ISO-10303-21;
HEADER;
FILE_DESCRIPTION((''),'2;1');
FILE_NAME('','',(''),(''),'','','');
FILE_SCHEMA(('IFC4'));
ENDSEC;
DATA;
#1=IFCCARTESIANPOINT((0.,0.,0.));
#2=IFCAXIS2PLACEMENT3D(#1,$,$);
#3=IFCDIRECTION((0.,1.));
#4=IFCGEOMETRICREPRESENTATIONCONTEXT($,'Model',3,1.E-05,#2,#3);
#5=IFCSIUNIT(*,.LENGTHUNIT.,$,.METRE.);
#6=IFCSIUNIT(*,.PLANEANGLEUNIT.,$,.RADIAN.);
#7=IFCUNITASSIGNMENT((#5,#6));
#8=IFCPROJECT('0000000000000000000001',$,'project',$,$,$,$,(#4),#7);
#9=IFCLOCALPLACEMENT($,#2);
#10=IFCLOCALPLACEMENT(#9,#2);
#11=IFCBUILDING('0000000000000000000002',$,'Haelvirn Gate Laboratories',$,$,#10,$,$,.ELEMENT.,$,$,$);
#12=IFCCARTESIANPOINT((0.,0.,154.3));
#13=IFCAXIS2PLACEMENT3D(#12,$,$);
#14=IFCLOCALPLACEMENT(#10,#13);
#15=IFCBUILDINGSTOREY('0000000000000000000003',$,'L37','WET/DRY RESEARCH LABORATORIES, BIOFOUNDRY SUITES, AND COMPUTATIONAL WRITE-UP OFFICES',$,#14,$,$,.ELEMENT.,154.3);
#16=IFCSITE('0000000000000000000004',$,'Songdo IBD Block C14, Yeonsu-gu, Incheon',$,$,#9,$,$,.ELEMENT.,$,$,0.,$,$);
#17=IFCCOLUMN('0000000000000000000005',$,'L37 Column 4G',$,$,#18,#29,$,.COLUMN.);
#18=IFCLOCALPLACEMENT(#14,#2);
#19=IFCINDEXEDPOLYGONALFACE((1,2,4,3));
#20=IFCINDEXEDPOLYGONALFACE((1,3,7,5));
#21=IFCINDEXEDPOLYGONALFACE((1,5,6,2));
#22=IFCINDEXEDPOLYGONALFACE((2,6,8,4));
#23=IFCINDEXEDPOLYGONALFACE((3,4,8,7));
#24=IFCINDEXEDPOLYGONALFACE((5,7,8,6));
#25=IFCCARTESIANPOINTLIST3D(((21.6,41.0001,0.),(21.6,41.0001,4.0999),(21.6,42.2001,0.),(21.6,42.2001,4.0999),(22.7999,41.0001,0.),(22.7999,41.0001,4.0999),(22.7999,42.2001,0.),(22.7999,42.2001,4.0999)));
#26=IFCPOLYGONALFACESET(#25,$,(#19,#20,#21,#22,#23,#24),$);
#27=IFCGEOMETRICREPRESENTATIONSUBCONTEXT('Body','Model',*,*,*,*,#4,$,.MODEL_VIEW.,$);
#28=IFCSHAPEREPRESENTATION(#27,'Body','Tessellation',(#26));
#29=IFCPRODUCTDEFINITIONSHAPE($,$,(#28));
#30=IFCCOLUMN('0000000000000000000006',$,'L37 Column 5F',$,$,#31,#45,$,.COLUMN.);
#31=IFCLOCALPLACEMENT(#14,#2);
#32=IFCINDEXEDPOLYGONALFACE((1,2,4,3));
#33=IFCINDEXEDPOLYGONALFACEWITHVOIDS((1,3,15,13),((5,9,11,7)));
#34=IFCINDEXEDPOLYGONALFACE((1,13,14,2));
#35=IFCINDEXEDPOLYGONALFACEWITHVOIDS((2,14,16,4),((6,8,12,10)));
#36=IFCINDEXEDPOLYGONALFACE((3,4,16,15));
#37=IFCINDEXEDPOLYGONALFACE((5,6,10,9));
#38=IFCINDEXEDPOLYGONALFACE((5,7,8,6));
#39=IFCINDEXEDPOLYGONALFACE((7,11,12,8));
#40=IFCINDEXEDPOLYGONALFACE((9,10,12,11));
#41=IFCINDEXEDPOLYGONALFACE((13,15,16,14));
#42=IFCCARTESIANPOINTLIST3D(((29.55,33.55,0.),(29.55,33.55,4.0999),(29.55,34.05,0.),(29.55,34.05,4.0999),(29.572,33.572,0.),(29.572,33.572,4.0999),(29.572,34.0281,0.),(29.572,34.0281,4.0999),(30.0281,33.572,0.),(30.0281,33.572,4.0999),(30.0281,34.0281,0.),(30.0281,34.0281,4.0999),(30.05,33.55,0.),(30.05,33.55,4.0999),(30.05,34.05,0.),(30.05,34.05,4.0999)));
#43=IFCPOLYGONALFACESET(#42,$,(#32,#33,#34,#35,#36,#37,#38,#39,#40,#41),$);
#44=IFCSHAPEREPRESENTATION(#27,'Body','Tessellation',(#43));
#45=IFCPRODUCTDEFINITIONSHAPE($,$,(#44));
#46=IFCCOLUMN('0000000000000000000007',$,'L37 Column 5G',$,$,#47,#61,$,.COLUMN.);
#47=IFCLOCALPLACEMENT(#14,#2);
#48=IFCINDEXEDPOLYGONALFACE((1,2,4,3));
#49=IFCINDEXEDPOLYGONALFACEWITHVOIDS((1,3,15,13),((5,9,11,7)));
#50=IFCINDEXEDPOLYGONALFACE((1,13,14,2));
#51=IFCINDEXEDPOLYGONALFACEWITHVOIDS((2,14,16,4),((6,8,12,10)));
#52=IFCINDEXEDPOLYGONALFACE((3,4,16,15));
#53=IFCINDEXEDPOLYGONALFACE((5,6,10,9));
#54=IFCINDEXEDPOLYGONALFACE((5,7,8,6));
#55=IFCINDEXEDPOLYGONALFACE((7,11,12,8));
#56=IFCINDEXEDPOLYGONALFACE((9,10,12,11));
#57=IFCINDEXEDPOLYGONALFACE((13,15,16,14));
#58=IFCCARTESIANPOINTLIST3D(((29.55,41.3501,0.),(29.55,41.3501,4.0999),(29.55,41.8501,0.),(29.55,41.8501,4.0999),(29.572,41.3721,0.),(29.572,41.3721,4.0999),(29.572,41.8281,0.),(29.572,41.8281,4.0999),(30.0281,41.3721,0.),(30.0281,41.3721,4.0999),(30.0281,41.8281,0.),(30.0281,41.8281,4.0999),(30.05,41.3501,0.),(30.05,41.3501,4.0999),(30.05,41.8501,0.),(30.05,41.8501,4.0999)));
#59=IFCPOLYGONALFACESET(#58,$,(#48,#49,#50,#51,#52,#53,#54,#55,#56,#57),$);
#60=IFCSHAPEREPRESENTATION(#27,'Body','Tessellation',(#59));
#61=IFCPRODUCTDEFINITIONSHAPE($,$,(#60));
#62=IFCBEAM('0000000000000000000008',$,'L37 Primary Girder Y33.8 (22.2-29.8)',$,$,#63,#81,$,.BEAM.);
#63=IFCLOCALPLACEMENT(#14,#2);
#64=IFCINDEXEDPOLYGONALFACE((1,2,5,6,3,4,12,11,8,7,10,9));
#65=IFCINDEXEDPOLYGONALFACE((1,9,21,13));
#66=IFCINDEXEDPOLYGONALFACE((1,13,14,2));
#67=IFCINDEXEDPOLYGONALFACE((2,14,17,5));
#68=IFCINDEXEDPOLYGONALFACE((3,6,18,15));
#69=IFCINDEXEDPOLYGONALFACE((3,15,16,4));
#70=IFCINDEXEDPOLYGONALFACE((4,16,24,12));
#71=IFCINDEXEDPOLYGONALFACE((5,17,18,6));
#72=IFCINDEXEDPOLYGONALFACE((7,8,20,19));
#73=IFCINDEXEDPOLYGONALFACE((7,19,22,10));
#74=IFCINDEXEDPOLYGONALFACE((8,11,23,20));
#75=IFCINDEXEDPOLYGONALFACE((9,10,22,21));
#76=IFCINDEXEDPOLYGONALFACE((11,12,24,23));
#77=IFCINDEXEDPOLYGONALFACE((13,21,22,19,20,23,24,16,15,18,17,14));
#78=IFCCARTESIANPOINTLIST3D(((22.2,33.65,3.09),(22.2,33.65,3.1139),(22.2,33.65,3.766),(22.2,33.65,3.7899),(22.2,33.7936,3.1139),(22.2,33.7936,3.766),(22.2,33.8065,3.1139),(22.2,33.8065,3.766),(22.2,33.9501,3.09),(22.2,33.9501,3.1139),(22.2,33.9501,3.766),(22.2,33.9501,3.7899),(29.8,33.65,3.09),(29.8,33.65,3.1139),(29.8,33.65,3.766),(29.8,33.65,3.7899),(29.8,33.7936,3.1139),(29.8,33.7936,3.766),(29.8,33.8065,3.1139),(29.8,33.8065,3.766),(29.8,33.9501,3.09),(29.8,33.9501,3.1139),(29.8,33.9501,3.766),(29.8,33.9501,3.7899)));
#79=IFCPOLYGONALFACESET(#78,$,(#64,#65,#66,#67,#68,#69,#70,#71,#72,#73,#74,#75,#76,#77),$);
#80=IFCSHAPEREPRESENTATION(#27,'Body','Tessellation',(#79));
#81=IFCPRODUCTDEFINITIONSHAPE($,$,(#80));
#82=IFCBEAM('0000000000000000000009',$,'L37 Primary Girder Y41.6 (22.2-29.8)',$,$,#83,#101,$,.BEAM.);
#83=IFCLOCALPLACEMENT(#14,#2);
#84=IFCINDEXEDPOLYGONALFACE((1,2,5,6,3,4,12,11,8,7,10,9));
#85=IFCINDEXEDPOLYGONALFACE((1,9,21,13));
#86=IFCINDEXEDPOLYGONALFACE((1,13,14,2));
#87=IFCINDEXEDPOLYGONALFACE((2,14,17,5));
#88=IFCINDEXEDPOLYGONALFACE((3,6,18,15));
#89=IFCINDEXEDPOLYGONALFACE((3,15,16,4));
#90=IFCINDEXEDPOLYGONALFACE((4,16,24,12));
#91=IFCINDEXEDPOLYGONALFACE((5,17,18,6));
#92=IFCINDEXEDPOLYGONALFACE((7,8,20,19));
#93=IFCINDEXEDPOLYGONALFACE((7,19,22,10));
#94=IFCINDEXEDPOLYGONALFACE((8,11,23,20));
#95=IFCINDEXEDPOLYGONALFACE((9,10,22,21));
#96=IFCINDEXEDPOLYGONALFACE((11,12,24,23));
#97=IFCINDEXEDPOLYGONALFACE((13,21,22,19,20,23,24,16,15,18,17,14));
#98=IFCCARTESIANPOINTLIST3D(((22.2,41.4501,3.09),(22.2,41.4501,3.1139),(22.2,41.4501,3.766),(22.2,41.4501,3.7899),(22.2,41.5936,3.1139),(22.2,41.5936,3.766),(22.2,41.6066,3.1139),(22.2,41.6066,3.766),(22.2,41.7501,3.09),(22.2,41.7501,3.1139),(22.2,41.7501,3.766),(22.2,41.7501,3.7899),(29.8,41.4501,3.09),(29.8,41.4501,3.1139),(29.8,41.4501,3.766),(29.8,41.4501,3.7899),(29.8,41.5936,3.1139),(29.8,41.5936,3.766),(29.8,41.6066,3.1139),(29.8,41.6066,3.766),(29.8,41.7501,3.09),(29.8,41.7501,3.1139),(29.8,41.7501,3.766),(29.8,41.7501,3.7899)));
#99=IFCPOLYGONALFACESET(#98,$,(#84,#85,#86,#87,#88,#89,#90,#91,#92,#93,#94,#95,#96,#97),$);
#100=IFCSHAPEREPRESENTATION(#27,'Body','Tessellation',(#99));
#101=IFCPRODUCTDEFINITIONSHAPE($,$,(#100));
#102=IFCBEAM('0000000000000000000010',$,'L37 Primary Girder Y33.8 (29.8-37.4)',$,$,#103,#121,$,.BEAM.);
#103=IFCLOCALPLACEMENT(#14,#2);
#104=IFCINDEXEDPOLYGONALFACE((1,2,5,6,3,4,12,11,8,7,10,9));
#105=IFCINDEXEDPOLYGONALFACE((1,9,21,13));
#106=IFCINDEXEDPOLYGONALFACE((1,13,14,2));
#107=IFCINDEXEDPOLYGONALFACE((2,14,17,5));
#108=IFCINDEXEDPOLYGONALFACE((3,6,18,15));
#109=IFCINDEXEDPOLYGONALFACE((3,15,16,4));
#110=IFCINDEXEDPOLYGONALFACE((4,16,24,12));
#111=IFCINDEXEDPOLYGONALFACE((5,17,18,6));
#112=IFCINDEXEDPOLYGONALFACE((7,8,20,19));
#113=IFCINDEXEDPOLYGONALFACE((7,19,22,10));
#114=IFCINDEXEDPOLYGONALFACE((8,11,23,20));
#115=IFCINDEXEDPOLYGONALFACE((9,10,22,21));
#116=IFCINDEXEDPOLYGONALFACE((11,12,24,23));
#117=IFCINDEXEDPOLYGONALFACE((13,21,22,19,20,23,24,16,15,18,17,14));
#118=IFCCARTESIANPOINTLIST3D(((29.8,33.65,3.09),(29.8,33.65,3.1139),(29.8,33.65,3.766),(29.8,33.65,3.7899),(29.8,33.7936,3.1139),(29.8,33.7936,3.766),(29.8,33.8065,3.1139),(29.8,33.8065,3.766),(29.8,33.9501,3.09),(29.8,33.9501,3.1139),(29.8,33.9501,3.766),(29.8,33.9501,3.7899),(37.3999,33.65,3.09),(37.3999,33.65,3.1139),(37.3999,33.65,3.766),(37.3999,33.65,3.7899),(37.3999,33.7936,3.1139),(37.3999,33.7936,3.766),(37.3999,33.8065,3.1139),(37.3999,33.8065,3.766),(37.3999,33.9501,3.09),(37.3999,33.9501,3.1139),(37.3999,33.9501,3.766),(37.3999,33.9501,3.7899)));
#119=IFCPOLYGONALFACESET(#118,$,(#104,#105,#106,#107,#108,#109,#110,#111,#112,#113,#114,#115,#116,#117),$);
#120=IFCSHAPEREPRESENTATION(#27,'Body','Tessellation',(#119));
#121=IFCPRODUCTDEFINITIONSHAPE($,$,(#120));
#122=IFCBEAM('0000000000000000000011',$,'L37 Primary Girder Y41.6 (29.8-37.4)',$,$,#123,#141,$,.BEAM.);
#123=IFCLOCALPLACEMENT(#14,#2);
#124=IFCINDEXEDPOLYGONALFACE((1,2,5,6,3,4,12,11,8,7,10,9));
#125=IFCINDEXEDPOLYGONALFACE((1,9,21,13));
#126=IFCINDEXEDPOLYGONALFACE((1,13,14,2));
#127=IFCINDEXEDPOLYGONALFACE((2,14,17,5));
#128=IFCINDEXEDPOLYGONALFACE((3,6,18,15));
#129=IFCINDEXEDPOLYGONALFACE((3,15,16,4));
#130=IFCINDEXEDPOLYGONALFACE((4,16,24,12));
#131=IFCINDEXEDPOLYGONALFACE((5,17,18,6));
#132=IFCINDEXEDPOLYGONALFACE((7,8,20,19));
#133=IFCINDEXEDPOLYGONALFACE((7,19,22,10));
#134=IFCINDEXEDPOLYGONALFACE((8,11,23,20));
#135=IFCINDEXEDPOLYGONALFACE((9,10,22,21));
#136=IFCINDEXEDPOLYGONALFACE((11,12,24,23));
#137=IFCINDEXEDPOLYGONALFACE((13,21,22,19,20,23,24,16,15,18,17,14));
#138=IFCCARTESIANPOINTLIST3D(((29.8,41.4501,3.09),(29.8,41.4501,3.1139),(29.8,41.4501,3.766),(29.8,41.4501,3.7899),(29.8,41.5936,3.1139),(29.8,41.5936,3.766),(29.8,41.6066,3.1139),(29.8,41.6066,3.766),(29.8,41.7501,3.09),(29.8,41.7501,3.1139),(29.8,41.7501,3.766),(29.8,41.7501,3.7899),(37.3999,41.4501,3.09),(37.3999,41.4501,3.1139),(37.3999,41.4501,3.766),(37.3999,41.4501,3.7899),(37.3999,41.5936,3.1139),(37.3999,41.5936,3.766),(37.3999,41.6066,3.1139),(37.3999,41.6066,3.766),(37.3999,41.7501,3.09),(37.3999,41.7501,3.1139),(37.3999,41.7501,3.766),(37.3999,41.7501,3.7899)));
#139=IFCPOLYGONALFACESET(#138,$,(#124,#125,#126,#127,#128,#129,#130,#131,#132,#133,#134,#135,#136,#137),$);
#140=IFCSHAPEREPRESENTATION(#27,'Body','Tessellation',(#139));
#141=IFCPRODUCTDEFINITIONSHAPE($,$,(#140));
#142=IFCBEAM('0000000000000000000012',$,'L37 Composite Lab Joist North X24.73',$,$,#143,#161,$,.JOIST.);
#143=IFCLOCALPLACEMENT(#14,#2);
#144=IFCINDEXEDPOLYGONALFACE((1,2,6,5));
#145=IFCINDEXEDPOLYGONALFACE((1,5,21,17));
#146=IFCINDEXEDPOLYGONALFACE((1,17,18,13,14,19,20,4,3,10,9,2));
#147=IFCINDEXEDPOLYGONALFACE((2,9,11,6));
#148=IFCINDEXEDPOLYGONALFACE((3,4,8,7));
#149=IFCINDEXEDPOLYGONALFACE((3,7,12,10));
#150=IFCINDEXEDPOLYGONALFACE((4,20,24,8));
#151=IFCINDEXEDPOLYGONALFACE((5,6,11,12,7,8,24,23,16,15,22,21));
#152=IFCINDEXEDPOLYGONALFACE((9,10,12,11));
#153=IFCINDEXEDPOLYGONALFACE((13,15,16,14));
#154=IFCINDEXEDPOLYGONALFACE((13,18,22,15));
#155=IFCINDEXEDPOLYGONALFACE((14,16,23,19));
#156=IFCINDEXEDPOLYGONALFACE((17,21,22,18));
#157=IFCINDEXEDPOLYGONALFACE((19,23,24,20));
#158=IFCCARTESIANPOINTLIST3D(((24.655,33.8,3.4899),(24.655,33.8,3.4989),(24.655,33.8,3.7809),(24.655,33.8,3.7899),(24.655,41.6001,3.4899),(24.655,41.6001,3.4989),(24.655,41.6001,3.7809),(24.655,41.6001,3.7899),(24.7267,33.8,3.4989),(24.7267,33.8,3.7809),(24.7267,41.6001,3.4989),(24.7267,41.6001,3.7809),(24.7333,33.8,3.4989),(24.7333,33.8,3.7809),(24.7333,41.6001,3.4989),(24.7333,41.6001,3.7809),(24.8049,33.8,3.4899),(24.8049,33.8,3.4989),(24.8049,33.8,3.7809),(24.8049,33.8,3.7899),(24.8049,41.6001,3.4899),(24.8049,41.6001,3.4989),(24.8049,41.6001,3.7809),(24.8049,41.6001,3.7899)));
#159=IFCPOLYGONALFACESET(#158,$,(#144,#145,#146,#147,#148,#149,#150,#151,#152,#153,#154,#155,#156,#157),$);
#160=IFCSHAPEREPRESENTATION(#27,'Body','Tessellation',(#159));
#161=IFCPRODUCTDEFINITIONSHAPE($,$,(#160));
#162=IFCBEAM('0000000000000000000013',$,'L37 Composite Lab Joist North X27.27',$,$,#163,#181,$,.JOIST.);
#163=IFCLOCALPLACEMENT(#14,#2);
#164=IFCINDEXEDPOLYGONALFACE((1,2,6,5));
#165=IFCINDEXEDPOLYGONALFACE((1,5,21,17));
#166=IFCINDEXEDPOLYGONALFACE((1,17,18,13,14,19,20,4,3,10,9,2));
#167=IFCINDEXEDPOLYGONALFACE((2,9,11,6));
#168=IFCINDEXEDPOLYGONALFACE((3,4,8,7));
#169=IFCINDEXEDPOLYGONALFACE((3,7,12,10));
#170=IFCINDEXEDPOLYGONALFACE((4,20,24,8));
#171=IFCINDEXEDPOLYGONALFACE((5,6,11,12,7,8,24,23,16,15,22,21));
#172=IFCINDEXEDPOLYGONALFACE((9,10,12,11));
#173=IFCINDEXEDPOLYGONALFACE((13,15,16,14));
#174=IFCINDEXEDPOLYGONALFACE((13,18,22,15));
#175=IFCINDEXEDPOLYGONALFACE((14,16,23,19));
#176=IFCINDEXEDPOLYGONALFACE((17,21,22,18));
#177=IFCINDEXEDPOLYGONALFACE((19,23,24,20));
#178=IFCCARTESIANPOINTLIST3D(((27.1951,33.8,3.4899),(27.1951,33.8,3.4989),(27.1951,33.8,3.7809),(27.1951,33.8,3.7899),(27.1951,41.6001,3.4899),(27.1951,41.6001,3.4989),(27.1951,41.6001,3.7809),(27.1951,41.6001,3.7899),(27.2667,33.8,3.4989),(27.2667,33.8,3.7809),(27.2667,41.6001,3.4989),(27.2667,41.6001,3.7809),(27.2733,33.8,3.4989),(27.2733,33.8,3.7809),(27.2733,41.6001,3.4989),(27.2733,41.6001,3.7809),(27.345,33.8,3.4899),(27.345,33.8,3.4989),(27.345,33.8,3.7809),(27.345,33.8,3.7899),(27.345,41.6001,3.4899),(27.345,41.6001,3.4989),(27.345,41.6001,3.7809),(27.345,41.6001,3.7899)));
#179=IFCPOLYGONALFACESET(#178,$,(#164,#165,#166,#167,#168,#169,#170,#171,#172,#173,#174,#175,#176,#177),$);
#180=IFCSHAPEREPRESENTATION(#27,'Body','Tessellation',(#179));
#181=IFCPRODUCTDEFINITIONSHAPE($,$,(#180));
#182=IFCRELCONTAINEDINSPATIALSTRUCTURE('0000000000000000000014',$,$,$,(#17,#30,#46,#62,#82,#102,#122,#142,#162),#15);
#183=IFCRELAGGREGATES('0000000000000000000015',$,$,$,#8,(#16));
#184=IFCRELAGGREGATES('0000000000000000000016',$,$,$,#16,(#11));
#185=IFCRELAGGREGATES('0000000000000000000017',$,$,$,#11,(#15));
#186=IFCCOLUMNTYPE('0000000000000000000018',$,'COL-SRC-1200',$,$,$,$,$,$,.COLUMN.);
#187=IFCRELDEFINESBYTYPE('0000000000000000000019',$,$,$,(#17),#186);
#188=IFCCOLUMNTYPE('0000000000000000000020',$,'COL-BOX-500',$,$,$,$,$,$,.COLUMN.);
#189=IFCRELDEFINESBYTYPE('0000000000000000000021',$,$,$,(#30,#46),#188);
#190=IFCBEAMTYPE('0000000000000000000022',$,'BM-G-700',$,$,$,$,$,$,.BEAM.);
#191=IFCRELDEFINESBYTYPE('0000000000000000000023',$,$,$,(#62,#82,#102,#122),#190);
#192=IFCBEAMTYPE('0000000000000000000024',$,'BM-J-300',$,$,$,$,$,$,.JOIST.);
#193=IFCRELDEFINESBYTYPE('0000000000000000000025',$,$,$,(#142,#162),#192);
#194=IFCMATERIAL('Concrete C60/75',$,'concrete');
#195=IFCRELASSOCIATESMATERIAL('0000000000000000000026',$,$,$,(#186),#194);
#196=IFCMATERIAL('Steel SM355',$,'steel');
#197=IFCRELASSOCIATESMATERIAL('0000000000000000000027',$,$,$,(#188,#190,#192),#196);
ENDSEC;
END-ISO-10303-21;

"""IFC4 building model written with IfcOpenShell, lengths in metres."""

from ifc_helpers import new_model, si_unit, direction, frame, origin, origin_2d, place, context, subcontext, project, spatial, rectangle, hollow_rectangle, i_section, extrude, source, transform, mapped, material, material_profile, profile_set, type_object, type_shapes, element, save


model = new_model("IFC4")

# Units and contexts
model_context = context("Model", 3, precision=1e-05, world=origin(), true_north=direction((0.0, 1.0)))
body_context = subcontext(model_context, "Body", "Model", "MODEL_VIEW")
ifc_project = project(units=[si_unit("LENGTHUNIT", "METRE"), si_unit("PLANEANGLEUNIT", "RADIAN")], contexts=[model_context])

# Site, building, storey
site_placement = place(None, origin())
site = spatial("IfcSite", under=ifc_project, at=site_placement, Name="Songdo IBD Block C14, Yeonsu-gu, Incheon", CompositionType="ELEMENT", RefElevation=0.0)
building_placement = place(site_placement, origin())
building = spatial("IfcBuilding", under=site, at=building_placement, Name="Haelvirn Gate Laboratories", CompositionType="ELEMENT")
storey_placement = place(building_placement, frame((0.0, 0.0, 154.3)))
storey = spatial("IfcBuildingStorey", under=building, at=storey_placement, Name="L37", Description="WET/DRY RESEARCH LABORATORIES, BIOFOUNDRY SUITES, AND COMPUTATIONAL WRITE-UP OFFICES", CompositionType="ELEMENT", Elevation=154.3)

# Columns
ifc_material_1 = material(Name="Concrete C60/75", Category="concrete")
ifc_material_profile_1 = material_profile(ifc_material_1, rectangle(XDim=1.2, YDim=1.2, at=origin_2d()), Name="SRC-1200x1200")
ifc_profile_set_1 = profile_set([ifc_material_profile_1], Name="Concrete C60/75")
column_type_1 = type_object("IfcColumnType", Name="COL-SRC-1200", PredefinedType="COLUMN", material=ifc_profile_set_1)
shared_shape_1 = source(origin(), body_context, "Body", "SweptSolid", [
    extrude(rectangle(XDim=1.2, YDim=1.2, at=origin_2d()), origin(), (0.0, 0.0, 1.0), 4.0999),
])
type_shapes(column_type_1, [shared_shape_1])
column_placement = place(storey_placement, frame((22.2, 41.6001, 0.0), z_axis=(0.0, 0.0, 1.0), x_axis=(1.0, 0.0, 0.0)))
element("IfcColumn", 1, at=column_placement, inside=storey, type_object=column_type_1, Name="L37 Column 4G", PredefinedType="COLUMN", context=body_context, shape_type="MappedRepresentation", body=[
    mapped(shared_shape_1, transform((0.0, 0.0, 0.0), scale=1.0)),
])
ifc_material_2 = material(Name="Steel SM355", Category="steel")
ifc_material_profile_2 = material_profile(ifc_material_2, hollow_rectangle(XDim=0.5, YDim=0.5, WallThickness=0.022, at=origin_2d()), Name="BOX-500x500x22")
ifc_profile_set_2 = profile_set([ifc_material_profile_2], Name="Steel SM355")
column_type_2 = type_object("IfcColumnType", Name="COL-BOX-500", PredefinedType="COLUMN", material=ifc_profile_set_2)
shared_shape_2 = source(origin(), body_context, "Body", "SweptSolid", [
    extrude(hollow_rectangle(XDim=0.5, YDim=0.5, WallThickness=0.022, at=origin_2d()), origin(), (0.0, 0.0, 1.0), 4.0999),
])
type_shapes(column_type_2, [shared_shape_2])
for number, where, z_axis, x_axis, name in (
    (2, (29.8, 33.8, 0.0), (0.0, 0.0, 1.0), (1.0, 0.0, 0.0), "L37 Column 5F"),
    (3, (29.8, 41.6001, 0.0), (0.0, 0.0, 1.0), (1.0, 0.0, 0.0), "L37 Column 5G"),
):
    element("IfcColumn", number, at=place(storey_placement, frame(where, z_axis=z_axis, x_axis=x_axis)), inside=storey, type_object=column_type_2, Name=name, PredefinedType="COLUMN", context=body_context, shape_type="MappedRepresentation", body=[
        mapped(shared_shape_2, transform((0.0, 0.0, 0.0), scale=1.0)),
    ])

# Beams
ifc_material_profile_3 = material_profile(ifc_material_2, i_section(OverallWidth=0.3, OverallDepth=0.7, WebThickness=0.0129, FlangeThickness=0.0239, at=origin_2d()), Name="H-700x300x13x24")
ifc_profile_set_3 = profile_set([ifc_material_profile_3], Name="Steel SM355")
beam_type_1 = type_object("IfcBeamType", Name="BM-G-700", PredefinedType="BEAM", material=ifc_profile_set_3)
shared_shape_3 = source(origin(), body_context, "Body", "SweptSolid", [
    extrude(i_section(OverallWidth=0.3, OverallDepth=0.7, WebThickness=0.0129, FlangeThickness=0.0239, at=origin_2d()), origin(), (0.0, 0.0, 1.0), 7.6001),
])
for number, where, z_axis, x_axis, name in (
    (4, (22.2, 33.8, 3.4399), (1.0, 0.0, 0.0), (0.0, 1.0, 0.0), "L37 Primary Girder Y33.8 (22.2-29.8)"),
    (5, (22.2, 41.6001, 3.4399), (1.0, 0.0, 0.0), (0.0, 1.0, 0.0), "L37 Primary Girder Y41.6 (22.2-29.8)"),
):
    element("IfcBeam", number, at=place(storey_placement, frame(where, z_axis=z_axis, x_axis=x_axis)), inside=storey, type_object=beam_type_1, Name=name, PredefinedType="BEAM", context=body_context, shape_type="MappedRepresentation", body=[
        mapped(shared_shape_3, transform((0.0, 0.0, 0.0), scale=1.0)),
    ])
shared_shape_4 = source(origin(), body_context, "Body", "SweptSolid", [
    extrude(i_section(OverallWidth=0.3, OverallDepth=0.7, WebThickness=0.0129, FlangeThickness=0.0239, at=origin_2d()), origin(), (0.0, 0.0, 1.0), 7.5999),
])
type_shapes(beam_type_1, [shared_shape_3, shared_shape_4])
for number, where, z_axis, x_axis, name in (
    (6, (29.8, 33.8, 3.4399), (1.0, 0.0, 0.0), (0.0, 1.0, 0.0), "L37 Primary Girder Y33.8 (29.8-37.4)"),
    (7, (29.8, 41.6001, 3.4399), (1.0, 0.0, 0.0), (0.0, 1.0, 0.0), "L37 Primary Girder Y41.6 (29.8-37.4)"),
):
    element("IfcBeam", number, at=place(storey_placement, frame(where, z_axis=z_axis, x_axis=x_axis)), inside=storey, type_object=beam_type_1, Name=name, PredefinedType="BEAM", context=body_context, shape_type="MappedRepresentation", body=[
        mapped(shared_shape_4, transform((0.0, 0.0, 0.0), scale=1.0)),
    ])
ifc_material_profile_4 = material_profile(ifc_material_2, i_section(OverallWidth=0.1499, OverallDepth=0.3, WebThickness=0.0066, FlangeThickness=0.009, at=origin_2d()), Name="H-300x150x6.5x9")
ifc_profile_set_4 = profile_set([ifc_material_profile_4], Name="Steel SM355")
beam_type_2 = type_object("IfcBeamType", Name="BM-J-300", PredefinedType="JOIST", material=ifc_profile_set_4)
shared_shape_5 = source(origin(), body_context, "Body", "SweptSolid", [
    extrude(i_section(OverallWidth=0.1499, OverallDepth=0.3, WebThickness=0.0066, FlangeThickness=0.009, at=origin_2d()), origin(), (0.0, 0.0, 1.0), 7.8),
])
type_shapes(beam_type_2, [shared_shape_5])
for number, where, z_axis, x_axis, name in (
    (8, (24.73, 33.8, 3.6399), (0.0, 1.0, 0.0), (-1.0, 0.0, 0.0), "L37 Composite Lab Joist North X24.73"),
    (9, (27.27, 33.8, 3.6399), (0.0, 1.0, 0.0), (-1.0, 0.0, 0.0), "L37 Composite Lab Joist North X27.27"),
):
    element("IfcBeam", number, at=place(storey_placement, frame(where, z_axis=z_axis, x_axis=x_axis)), inside=storey, type_object=beam_type_2, Name=name, PredefinedType="JOIST", context=body_context, shape_type="MappedRepresentation", body=[
        mapped(shared_shape_5, transform((0.0, 0.0, 0.0), scale=1.0)),
    ])

save(model, "model.ifc")
